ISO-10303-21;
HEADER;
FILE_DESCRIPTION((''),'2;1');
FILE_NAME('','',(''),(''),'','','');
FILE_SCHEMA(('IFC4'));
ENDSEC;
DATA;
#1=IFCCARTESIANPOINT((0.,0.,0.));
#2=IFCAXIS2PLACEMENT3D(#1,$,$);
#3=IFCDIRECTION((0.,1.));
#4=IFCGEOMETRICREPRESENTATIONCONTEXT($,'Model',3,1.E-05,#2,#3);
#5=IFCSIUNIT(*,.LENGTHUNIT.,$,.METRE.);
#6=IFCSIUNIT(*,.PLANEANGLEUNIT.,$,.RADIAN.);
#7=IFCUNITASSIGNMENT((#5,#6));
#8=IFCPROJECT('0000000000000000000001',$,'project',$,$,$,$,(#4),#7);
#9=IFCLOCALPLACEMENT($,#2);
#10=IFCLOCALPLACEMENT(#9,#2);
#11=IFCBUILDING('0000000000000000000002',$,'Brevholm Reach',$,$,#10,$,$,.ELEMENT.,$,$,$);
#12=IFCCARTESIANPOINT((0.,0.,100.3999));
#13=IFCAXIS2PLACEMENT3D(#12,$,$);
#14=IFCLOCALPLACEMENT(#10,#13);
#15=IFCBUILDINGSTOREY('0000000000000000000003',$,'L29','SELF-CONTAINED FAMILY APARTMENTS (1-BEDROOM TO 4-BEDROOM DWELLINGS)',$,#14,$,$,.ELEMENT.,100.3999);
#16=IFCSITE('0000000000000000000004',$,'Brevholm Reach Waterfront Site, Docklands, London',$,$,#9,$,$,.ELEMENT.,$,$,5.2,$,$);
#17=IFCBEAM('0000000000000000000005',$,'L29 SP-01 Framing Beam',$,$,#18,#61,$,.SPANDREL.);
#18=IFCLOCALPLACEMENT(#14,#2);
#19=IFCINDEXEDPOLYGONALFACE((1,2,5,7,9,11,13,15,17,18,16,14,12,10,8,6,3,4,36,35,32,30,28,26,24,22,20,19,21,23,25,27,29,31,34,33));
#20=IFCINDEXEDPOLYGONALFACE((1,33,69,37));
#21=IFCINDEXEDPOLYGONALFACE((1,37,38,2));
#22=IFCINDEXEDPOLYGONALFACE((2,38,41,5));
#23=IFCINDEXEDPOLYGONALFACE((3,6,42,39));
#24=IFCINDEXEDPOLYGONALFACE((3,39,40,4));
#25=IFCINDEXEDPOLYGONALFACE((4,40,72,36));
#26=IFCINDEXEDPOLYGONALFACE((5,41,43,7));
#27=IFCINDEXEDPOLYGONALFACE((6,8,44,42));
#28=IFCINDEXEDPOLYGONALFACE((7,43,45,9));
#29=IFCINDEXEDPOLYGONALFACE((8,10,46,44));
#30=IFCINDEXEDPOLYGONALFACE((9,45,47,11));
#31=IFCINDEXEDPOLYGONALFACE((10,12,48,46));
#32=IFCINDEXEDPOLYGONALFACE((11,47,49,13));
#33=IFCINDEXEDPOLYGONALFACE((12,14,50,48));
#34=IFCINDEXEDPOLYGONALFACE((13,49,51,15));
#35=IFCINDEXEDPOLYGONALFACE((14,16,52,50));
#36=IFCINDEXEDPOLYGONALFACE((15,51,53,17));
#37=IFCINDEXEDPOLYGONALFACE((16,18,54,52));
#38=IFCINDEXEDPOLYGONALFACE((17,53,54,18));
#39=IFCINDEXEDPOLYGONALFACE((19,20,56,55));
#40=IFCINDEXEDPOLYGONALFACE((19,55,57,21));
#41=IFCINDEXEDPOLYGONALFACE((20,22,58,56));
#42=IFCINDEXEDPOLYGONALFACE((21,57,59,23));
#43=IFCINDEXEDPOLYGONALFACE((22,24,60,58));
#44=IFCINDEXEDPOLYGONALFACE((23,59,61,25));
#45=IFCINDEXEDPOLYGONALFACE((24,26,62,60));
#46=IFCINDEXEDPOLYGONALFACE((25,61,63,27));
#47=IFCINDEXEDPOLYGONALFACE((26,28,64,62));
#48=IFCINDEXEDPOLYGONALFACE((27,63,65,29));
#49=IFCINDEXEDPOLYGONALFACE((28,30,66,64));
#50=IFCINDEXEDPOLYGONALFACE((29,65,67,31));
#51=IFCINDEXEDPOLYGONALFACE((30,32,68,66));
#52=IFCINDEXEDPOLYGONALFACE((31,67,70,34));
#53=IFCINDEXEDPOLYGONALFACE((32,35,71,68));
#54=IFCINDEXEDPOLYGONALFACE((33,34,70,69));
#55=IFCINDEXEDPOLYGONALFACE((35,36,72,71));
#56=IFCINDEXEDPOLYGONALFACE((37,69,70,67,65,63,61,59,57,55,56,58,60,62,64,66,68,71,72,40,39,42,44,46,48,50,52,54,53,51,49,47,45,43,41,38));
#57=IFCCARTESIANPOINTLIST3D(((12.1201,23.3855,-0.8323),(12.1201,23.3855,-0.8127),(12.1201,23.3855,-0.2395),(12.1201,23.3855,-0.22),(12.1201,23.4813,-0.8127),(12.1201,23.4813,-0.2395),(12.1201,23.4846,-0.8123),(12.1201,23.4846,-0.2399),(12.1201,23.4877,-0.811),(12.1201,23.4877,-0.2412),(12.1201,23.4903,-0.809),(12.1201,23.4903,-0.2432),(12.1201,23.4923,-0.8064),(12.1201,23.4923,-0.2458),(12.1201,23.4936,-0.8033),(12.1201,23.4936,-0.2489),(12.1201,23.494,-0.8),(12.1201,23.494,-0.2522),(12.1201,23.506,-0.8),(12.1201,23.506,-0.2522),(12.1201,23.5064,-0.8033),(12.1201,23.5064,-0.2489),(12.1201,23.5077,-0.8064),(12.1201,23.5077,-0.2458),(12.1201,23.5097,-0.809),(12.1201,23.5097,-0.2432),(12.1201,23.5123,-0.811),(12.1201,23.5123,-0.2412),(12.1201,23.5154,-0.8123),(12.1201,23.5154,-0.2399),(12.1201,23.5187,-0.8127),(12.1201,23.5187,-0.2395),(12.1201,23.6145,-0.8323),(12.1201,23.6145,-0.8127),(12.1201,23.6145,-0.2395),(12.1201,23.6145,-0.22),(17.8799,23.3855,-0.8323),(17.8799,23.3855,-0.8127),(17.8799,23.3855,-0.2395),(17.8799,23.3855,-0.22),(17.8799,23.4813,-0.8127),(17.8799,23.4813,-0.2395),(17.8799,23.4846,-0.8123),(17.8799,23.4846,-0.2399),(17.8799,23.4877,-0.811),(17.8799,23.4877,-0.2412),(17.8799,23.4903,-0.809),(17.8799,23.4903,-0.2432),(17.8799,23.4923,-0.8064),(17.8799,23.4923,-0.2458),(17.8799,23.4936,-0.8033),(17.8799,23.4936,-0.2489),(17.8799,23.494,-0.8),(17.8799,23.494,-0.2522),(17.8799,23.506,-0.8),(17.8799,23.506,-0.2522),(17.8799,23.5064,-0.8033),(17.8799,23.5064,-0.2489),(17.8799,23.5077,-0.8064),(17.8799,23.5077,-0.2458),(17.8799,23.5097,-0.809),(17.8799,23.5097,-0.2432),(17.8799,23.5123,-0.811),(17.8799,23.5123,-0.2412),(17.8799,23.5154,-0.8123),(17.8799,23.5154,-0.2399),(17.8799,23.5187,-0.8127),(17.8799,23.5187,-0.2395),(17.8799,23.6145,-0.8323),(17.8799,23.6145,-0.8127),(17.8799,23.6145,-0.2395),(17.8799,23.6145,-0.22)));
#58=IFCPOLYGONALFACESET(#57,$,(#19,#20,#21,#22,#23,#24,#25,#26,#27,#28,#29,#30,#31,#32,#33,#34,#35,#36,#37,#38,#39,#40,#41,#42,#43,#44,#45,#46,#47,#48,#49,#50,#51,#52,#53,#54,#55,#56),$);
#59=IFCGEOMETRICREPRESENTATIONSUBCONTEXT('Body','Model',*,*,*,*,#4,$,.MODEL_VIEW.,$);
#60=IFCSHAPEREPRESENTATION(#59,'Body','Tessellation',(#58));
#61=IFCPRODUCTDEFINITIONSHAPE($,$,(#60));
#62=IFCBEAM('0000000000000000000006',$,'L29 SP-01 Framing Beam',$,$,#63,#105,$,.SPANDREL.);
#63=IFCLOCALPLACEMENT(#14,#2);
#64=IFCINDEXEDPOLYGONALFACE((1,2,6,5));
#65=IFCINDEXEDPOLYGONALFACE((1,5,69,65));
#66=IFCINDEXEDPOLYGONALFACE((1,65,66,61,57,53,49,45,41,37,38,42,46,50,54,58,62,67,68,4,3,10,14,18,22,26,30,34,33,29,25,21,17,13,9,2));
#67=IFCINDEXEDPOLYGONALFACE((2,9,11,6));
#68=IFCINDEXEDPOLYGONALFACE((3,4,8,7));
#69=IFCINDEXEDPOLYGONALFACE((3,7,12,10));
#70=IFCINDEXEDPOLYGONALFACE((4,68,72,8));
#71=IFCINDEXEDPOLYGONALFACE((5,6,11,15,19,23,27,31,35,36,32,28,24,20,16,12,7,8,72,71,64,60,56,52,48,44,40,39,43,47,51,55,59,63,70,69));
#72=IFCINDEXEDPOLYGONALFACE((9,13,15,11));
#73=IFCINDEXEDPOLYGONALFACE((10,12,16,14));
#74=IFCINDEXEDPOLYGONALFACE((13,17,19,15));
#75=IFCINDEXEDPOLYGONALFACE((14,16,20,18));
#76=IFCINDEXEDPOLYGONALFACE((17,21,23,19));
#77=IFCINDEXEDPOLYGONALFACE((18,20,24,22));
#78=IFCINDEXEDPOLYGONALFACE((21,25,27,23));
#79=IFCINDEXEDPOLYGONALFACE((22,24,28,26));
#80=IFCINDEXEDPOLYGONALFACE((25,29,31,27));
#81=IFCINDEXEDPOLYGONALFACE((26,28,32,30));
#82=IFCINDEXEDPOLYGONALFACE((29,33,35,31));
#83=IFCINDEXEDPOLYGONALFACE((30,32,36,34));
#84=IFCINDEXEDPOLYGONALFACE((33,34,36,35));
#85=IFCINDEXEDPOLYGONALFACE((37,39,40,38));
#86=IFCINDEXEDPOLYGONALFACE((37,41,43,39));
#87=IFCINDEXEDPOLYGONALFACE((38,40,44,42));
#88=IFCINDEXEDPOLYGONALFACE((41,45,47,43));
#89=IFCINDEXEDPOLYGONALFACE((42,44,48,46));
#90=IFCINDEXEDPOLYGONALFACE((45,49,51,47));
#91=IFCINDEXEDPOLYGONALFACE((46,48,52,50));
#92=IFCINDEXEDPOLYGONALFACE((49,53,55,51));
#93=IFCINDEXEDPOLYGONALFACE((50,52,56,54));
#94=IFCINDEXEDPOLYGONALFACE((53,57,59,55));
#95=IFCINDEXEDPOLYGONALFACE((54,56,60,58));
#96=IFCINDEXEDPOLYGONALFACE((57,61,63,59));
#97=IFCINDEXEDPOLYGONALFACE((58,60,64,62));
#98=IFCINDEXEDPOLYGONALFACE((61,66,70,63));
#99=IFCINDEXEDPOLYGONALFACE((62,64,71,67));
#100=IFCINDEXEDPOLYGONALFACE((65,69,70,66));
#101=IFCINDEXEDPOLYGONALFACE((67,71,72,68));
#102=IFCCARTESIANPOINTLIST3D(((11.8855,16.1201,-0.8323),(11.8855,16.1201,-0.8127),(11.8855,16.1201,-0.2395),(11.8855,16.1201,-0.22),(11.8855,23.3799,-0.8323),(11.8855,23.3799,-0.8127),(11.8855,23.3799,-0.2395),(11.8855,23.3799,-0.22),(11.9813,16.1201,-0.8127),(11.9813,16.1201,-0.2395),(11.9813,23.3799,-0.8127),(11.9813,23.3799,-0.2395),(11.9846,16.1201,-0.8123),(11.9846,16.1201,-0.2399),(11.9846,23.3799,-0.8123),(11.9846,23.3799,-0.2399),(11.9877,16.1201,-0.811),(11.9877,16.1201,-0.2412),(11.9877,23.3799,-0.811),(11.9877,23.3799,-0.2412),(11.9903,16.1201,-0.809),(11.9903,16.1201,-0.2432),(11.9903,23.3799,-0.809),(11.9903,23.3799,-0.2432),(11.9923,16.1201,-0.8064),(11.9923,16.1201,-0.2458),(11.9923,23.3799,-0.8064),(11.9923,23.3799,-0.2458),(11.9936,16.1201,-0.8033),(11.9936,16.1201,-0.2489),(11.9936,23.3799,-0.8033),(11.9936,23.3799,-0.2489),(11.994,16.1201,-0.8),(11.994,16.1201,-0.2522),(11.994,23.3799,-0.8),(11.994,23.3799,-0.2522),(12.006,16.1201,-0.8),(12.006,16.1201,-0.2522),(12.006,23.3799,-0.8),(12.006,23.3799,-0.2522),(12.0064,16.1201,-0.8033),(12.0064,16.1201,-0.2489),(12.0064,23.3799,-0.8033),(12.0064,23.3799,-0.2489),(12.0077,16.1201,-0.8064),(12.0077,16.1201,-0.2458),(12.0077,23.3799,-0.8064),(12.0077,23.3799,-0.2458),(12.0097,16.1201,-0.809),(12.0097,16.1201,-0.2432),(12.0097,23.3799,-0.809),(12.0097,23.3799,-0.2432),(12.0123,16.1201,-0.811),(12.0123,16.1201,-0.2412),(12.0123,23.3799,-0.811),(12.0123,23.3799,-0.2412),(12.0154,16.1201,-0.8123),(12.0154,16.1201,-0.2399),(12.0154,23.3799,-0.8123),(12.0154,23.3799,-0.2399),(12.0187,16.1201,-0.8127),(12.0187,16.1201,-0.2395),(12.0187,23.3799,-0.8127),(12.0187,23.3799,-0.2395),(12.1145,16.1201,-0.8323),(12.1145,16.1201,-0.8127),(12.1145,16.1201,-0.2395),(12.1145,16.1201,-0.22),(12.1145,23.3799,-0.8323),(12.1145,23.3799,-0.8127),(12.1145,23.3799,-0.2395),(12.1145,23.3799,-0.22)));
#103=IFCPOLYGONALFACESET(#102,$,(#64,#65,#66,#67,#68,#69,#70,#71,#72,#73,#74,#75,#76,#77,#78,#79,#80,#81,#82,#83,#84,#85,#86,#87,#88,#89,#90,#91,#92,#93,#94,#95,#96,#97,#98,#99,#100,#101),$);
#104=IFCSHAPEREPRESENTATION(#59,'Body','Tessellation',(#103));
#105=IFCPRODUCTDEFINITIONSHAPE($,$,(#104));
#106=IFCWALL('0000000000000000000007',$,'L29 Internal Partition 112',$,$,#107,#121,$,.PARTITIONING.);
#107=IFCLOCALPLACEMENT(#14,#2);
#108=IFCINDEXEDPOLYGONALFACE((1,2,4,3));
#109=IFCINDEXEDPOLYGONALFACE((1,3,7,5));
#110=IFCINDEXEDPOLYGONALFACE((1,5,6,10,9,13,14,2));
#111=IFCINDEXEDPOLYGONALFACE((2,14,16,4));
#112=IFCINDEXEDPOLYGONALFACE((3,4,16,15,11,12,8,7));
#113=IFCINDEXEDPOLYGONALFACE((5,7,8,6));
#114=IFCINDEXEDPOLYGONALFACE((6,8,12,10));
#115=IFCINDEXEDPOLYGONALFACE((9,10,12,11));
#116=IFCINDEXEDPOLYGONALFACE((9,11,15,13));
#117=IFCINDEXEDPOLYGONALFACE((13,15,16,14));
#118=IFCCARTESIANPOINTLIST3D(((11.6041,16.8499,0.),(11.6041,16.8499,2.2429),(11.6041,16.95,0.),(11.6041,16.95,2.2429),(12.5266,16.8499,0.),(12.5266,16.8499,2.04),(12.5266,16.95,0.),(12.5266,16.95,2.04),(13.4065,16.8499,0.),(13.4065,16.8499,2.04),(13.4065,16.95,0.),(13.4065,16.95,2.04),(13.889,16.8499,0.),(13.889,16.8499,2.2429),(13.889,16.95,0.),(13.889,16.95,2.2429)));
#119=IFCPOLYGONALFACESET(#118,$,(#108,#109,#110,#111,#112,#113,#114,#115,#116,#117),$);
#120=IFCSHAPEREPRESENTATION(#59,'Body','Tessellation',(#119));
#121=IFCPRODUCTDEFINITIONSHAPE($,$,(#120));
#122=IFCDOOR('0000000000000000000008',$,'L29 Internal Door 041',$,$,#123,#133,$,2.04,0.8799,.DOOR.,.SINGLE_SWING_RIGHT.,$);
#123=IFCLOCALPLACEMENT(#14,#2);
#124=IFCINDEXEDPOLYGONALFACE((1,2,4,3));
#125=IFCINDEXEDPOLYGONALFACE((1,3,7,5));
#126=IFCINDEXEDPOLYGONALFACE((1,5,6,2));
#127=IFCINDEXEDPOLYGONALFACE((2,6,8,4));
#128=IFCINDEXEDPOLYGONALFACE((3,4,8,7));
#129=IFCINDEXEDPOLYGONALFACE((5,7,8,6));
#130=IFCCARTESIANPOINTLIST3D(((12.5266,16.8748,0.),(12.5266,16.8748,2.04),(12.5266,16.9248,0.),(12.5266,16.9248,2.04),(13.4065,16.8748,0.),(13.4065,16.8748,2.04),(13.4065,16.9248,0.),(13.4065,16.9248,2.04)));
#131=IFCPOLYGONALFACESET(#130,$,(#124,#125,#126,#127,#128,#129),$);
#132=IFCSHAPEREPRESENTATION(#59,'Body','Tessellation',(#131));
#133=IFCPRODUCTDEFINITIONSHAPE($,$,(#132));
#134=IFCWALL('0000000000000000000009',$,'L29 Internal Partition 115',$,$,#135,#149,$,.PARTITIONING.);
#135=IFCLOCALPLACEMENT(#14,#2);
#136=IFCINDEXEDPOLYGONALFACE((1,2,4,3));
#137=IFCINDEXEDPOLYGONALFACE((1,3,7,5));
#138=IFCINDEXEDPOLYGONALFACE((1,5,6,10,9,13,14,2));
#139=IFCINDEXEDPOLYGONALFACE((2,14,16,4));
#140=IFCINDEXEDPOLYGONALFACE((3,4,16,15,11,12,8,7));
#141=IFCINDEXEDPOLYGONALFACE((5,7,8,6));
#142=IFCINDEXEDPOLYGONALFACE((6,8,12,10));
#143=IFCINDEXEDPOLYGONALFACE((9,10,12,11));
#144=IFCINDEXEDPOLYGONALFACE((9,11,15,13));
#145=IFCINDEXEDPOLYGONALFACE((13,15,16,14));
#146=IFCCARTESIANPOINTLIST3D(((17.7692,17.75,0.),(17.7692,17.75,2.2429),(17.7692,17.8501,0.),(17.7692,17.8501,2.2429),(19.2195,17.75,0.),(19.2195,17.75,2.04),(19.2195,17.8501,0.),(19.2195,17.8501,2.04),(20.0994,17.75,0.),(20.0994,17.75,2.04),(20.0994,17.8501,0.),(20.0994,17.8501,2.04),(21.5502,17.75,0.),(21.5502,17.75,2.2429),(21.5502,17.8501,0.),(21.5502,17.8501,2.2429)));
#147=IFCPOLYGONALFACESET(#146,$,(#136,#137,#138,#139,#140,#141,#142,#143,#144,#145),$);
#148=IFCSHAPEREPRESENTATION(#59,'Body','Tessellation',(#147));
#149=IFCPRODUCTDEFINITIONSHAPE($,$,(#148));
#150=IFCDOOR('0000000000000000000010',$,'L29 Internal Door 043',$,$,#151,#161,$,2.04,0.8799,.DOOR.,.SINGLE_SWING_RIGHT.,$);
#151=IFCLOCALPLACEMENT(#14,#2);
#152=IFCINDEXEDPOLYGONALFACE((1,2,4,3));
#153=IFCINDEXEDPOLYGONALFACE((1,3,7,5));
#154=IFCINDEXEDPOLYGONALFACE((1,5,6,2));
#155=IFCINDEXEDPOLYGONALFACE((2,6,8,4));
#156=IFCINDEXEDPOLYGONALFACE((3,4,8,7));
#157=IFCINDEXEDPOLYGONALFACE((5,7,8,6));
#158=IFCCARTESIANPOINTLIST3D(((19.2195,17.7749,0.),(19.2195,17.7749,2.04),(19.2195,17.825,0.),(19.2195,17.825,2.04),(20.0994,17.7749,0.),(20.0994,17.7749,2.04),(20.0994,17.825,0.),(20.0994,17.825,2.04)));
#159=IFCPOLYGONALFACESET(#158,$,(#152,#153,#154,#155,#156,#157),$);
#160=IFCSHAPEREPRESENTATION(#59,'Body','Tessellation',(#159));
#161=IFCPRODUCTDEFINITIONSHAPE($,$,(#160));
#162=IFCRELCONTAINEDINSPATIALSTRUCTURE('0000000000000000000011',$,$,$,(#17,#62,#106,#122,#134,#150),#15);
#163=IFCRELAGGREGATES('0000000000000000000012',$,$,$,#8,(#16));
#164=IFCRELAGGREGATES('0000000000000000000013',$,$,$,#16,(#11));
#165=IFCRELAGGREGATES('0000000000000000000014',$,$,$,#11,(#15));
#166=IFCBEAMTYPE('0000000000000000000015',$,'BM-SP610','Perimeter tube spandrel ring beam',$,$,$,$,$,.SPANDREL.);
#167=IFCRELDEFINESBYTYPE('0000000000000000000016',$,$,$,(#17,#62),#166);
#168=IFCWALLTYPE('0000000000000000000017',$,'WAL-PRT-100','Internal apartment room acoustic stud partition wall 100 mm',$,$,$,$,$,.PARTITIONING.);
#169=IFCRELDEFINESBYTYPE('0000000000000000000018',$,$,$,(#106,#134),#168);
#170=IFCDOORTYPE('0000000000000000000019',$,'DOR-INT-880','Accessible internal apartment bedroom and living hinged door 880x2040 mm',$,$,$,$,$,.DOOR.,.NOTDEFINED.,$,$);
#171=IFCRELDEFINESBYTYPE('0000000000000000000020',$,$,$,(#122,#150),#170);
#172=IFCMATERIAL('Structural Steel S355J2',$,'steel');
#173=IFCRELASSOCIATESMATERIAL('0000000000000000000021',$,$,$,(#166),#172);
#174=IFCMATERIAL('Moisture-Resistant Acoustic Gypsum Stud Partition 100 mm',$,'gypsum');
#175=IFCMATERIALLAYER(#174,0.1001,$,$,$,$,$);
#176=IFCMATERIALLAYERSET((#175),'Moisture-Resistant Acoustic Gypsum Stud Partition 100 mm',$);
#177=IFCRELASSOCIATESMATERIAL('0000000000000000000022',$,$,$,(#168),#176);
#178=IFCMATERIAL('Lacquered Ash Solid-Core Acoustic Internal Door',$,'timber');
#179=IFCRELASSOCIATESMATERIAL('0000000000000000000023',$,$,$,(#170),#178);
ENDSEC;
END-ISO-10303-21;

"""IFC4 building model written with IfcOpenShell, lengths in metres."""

from ifc_helpers import new_model, si_unit, direction, frame, frame_2d, origin, origin_2d, place, context, subcontext, project, spatial, rectangle, i_section, extrude, material, layer, layer_set, material_profile, profile_set, type_object, element, fill, save


model = new_model("IFC4")

# Units and contexts
model_context = context("Model", 3, precision=1e-05, world=origin(), true_north=direction((0.0, 1.0)))
body_context = subcontext(model_context, "Body", "Model", "MODEL_VIEW")
ifc_project = project(units=[si_unit("LENGTHUNIT", "METRE"), si_unit("PLANEANGLEUNIT", "RADIAN")], contexts=[model_context])

# Site, building, storey
site_placement = place(None, origin())
site = spatial("IfcSite", under=ifc_project, at=site_placement, Name="Brevholm Reach Waterfront Site, Docklands, London", CompositionType="ELEMENT", RefElevation=5.2)
building_placement = place(site_placement, origin())
building = spatial("IfcBuilding", under=site, at=building_placement, Name="Brevholm Reach", CompositionType="ELEMENT")
storey_placement = place(building_placement, frame((0.0, 0.0, 100.3999)))
storey = spatial("IfcBuildingStorey", under=building, at=storey_placement, Name="L29", Description="SELF-CONTAINED FAMILY APARTMENTS (1-BEDROOM TO 4-BEDROOM DWELLINGS)", CompositionType="ELEMENT", Elevation=100.3999)

# Beams
ifc_material_1 = material(Name="Structural Steel S355J2", Category="steel")
ifc_material_profile_1 = material_profile(ifc_material_1, i_section(OverallWidth=0.229, OverallDepth=0.6123, WebThickness=0.012, FlangeThickness=0.0195, FilletRadius=0.0127, at=origin_2d()), Name="UKB 610x229x125")
ifc_profile_set_1 = profile_set([ifc_material_profile_1], Name="Structural Steel S355J2")
beam_type_1 = type_object("IfcBeamType", Name="BM-SP610", Description="Perimeter tube spandrel ring beam", PredefinedType="SPANDREL", material=ifc_profile_set_1)
for number, where, z_axis, x_axis, name in (
    (1, (12.1201, 23.5, -0.5261), (1.0, 0.0, 0.0), (0.0, 1.0, 0.0), "L29 SP-01 Framing Beam"),
):
    element("IfcBeam", number, at=place(storey_placement, frame(where, z_axis=z_axis, x_axis=x_axis)), inside=storey, type_object=beam_type_1, Name=name, PredefinedType="SPANDREL", context=body_context, shape_type="SweptSolid", body=[
        extrude(i_section(OverallWidth=0.229, OverallDepth=0.6123, WebThickness=0.012, FlangeThickness=0.0195, FilletRadius=0.0127, at=origin_2d()), origin(), (0.0, 0.0, 1.0), 5.7598),
    ])
beam_1_placement = place(storey_placement, frame((12.0, 16.1201, -0.5261), z_axis=(0.0, 1.0, 0.0), x_axis=(-1.0, 0.0, 0.0)))
element("IfcBeam", 2, at=beam_1_placement, inside=storey, type_object=beam_type_1, Name="L29 SP-01 Framing Beam", PredefinedType="SPANDREL", context=body_context, shape_type="SweptSolid", body=[
    extrude(i_section(OverallWidth=0.229, OverallDepth=0.6123, WebThickness=0.012, FlangeThickness=0.0195, FilletRadius=0.0127, at=origin_2d()), origin(), (0.0, 0.0, 1.0), 7.2598),
])

# Walls, openings, doors
ifc_material_2 = material(Name="Moisture-Resistant Acoustic Gypsum Stud Partition 100 mm", Category="gypsum")
ifc_layer_1 = layer(ifc_material_2, 0.1001)
ifc_layer_set_1 = layer_set([ifc_layer_1], Name="Moisture-Resistant Acoustic Gypsum Stud Partition 100 mm")
wall_type_1 = type_object("IfcWallType", Name="WAL-PRT-100", Description="Internal apartment room acoustic stud partition wall 100 mm", PredefinedType="PARTITIONING", material=ifc_layer_set_1)
wall_1_placement = place(storey_placement, frame((11.604, 16.8999, 0.0), z_axis=(0.0, 0.0, 1.0), x_axis=(1.0, 0.0, 0.0)))
wall_1 = element("IfcWall", 3, at=wall_1_placement, inside=storey, type_object=wall_type_1, Name="L29 Internal Partition 112", PredefinedType="PARTITIONING", context=body_context, shape_type="SweptSolid", body=[
    extrude(rectangle(XDim=2.2849, YDim=0.1001, at=frame_2d((1.1426, 0.0))), origin(), (0.0, 0.0, 1.0), 2.2429),
])
opening_1_placement = place(wall_1_placement, frame((0.9226, 0.0, 0.0)))
opening_1 = element("IfcOpeningElement", 4, at=opening_1_placement, cuts=wall_1, PredefinedType="OPENING", context=body_context, shape_type="SweptSolid", body=[
    extrude(rectangle(XDim=0.8799, YDim=2.04, at=frame_2d((0.4399, 1.02))), frame((0.0, 0.0601, 0.0), z_axis=(0.0, -1.0, 0.0), x_axis=(1.0, 0.0, 0.0)), (0.0, 0.0, 1.0), 0.1201),
])
ifc_material_3 = material(Name="Lacquered Ash Solid-Core Acoustic Internal Door", Category="timber")
door_type_1 = type_object("IfcDoorType", Name="DOR-INT-880", Description="Accessible internal apartment bedroom and living hinged door 880x2040 mm", OperationType="NOTDEFINED", PredefinedType="DOOR", material=ifc_material_3)
door_1_placement = place(opening_1_placement, origin())
door_1 = element("IfcDoor", 5, at=door_1_placement, inside=storey, type_object=door_type_1, Name="L29 Internal Door 041", OperationType="SINGLE_SWING_RIGHT", OverallHeight=2.04, OverallWidth=0.8799, PredefinedType="DOOR", context=body_context, shape_type="SweptSolid", body=[
    extrude(rectangle(XDim=0.8799, YDim=2.04, at=frame_2d((0.4399, 1.02))), frame((0.0, 0.0249, 0.0), z_axis=(0.0, -1.0, 0.0), x_axis=(1.0, 0.0, 0.0)), (0.0, 0.0, 1.0), 0.05),
])
fill(opening_1, door_1)
wall_2_placement = place(storey_placement, frame((17.769, 17.8, 0.0), z_axis=(0.0, 0.0, 1.0), x_axis=(1.0, 0.0, 0.0)))
wall_2 = element("IfcWall", 6, at=wall_2_placement, inside=storey, type_object=wall_type_1, Name="L29 Internal Partition 115", PredefinedType="PARTITIONING", context=body_context, shape_type="SweptSolid", body=[
    extrude(rectangle(XDim=3.781, YDim=0.1001, at=frame_2d((1.8906, 0.0))), origin(), (0.0, 0.0, 1.0), 2.2429),
])
opening_2_placement = place(wall_2_placement, frame((1.4504, 0.0, 0.0)))
opening_2 = element("IfcOpeningElement", 7, at=opening_2_placement, cuts=wall_2, PredefinedType="OPENING", context=body_context, shape_type="SweptSolid", body=[
    extrude(rectangle(XDim=0.8799, YDim=2.04, at=frame_2d((0.4399, 1.02))), frame((0.0, 0.0601, 0.0), z_axis=(0.0, -1.0, 0.0), x_axis=(1.0, 0.0, 0.0)), (0.0, 0.0, 1.0), 0.1201),
])
door_2_placement = place(opening_2_placement, origin())
door_2 = element("IfcDoor", 8, at=door_2_placement, inside=storey, type_object=door_type_1, Name="L29 Internal Door 043", OperationType="SINGLE_SWING_RIGHT", OverallHeight=2.04, OverallWidth=0.8799, PredefinedType="DOOR", context=body_context, shape_type="SweptSolid", body=[
    extrude(rectangle(XDim=0.8799, YDim=2.04, at=frame_2d((0.4399, 1.02))), frame((0.0, 0.0249, 0.0), z_axis=(0.0, -1.0, 0.0), x_axis=(1.0, 0.0, 0.0)), (0.0, 0.0, 1.0), 0.05),
])
fill(opening_2, door_2)

save(model, "model.ifc")
